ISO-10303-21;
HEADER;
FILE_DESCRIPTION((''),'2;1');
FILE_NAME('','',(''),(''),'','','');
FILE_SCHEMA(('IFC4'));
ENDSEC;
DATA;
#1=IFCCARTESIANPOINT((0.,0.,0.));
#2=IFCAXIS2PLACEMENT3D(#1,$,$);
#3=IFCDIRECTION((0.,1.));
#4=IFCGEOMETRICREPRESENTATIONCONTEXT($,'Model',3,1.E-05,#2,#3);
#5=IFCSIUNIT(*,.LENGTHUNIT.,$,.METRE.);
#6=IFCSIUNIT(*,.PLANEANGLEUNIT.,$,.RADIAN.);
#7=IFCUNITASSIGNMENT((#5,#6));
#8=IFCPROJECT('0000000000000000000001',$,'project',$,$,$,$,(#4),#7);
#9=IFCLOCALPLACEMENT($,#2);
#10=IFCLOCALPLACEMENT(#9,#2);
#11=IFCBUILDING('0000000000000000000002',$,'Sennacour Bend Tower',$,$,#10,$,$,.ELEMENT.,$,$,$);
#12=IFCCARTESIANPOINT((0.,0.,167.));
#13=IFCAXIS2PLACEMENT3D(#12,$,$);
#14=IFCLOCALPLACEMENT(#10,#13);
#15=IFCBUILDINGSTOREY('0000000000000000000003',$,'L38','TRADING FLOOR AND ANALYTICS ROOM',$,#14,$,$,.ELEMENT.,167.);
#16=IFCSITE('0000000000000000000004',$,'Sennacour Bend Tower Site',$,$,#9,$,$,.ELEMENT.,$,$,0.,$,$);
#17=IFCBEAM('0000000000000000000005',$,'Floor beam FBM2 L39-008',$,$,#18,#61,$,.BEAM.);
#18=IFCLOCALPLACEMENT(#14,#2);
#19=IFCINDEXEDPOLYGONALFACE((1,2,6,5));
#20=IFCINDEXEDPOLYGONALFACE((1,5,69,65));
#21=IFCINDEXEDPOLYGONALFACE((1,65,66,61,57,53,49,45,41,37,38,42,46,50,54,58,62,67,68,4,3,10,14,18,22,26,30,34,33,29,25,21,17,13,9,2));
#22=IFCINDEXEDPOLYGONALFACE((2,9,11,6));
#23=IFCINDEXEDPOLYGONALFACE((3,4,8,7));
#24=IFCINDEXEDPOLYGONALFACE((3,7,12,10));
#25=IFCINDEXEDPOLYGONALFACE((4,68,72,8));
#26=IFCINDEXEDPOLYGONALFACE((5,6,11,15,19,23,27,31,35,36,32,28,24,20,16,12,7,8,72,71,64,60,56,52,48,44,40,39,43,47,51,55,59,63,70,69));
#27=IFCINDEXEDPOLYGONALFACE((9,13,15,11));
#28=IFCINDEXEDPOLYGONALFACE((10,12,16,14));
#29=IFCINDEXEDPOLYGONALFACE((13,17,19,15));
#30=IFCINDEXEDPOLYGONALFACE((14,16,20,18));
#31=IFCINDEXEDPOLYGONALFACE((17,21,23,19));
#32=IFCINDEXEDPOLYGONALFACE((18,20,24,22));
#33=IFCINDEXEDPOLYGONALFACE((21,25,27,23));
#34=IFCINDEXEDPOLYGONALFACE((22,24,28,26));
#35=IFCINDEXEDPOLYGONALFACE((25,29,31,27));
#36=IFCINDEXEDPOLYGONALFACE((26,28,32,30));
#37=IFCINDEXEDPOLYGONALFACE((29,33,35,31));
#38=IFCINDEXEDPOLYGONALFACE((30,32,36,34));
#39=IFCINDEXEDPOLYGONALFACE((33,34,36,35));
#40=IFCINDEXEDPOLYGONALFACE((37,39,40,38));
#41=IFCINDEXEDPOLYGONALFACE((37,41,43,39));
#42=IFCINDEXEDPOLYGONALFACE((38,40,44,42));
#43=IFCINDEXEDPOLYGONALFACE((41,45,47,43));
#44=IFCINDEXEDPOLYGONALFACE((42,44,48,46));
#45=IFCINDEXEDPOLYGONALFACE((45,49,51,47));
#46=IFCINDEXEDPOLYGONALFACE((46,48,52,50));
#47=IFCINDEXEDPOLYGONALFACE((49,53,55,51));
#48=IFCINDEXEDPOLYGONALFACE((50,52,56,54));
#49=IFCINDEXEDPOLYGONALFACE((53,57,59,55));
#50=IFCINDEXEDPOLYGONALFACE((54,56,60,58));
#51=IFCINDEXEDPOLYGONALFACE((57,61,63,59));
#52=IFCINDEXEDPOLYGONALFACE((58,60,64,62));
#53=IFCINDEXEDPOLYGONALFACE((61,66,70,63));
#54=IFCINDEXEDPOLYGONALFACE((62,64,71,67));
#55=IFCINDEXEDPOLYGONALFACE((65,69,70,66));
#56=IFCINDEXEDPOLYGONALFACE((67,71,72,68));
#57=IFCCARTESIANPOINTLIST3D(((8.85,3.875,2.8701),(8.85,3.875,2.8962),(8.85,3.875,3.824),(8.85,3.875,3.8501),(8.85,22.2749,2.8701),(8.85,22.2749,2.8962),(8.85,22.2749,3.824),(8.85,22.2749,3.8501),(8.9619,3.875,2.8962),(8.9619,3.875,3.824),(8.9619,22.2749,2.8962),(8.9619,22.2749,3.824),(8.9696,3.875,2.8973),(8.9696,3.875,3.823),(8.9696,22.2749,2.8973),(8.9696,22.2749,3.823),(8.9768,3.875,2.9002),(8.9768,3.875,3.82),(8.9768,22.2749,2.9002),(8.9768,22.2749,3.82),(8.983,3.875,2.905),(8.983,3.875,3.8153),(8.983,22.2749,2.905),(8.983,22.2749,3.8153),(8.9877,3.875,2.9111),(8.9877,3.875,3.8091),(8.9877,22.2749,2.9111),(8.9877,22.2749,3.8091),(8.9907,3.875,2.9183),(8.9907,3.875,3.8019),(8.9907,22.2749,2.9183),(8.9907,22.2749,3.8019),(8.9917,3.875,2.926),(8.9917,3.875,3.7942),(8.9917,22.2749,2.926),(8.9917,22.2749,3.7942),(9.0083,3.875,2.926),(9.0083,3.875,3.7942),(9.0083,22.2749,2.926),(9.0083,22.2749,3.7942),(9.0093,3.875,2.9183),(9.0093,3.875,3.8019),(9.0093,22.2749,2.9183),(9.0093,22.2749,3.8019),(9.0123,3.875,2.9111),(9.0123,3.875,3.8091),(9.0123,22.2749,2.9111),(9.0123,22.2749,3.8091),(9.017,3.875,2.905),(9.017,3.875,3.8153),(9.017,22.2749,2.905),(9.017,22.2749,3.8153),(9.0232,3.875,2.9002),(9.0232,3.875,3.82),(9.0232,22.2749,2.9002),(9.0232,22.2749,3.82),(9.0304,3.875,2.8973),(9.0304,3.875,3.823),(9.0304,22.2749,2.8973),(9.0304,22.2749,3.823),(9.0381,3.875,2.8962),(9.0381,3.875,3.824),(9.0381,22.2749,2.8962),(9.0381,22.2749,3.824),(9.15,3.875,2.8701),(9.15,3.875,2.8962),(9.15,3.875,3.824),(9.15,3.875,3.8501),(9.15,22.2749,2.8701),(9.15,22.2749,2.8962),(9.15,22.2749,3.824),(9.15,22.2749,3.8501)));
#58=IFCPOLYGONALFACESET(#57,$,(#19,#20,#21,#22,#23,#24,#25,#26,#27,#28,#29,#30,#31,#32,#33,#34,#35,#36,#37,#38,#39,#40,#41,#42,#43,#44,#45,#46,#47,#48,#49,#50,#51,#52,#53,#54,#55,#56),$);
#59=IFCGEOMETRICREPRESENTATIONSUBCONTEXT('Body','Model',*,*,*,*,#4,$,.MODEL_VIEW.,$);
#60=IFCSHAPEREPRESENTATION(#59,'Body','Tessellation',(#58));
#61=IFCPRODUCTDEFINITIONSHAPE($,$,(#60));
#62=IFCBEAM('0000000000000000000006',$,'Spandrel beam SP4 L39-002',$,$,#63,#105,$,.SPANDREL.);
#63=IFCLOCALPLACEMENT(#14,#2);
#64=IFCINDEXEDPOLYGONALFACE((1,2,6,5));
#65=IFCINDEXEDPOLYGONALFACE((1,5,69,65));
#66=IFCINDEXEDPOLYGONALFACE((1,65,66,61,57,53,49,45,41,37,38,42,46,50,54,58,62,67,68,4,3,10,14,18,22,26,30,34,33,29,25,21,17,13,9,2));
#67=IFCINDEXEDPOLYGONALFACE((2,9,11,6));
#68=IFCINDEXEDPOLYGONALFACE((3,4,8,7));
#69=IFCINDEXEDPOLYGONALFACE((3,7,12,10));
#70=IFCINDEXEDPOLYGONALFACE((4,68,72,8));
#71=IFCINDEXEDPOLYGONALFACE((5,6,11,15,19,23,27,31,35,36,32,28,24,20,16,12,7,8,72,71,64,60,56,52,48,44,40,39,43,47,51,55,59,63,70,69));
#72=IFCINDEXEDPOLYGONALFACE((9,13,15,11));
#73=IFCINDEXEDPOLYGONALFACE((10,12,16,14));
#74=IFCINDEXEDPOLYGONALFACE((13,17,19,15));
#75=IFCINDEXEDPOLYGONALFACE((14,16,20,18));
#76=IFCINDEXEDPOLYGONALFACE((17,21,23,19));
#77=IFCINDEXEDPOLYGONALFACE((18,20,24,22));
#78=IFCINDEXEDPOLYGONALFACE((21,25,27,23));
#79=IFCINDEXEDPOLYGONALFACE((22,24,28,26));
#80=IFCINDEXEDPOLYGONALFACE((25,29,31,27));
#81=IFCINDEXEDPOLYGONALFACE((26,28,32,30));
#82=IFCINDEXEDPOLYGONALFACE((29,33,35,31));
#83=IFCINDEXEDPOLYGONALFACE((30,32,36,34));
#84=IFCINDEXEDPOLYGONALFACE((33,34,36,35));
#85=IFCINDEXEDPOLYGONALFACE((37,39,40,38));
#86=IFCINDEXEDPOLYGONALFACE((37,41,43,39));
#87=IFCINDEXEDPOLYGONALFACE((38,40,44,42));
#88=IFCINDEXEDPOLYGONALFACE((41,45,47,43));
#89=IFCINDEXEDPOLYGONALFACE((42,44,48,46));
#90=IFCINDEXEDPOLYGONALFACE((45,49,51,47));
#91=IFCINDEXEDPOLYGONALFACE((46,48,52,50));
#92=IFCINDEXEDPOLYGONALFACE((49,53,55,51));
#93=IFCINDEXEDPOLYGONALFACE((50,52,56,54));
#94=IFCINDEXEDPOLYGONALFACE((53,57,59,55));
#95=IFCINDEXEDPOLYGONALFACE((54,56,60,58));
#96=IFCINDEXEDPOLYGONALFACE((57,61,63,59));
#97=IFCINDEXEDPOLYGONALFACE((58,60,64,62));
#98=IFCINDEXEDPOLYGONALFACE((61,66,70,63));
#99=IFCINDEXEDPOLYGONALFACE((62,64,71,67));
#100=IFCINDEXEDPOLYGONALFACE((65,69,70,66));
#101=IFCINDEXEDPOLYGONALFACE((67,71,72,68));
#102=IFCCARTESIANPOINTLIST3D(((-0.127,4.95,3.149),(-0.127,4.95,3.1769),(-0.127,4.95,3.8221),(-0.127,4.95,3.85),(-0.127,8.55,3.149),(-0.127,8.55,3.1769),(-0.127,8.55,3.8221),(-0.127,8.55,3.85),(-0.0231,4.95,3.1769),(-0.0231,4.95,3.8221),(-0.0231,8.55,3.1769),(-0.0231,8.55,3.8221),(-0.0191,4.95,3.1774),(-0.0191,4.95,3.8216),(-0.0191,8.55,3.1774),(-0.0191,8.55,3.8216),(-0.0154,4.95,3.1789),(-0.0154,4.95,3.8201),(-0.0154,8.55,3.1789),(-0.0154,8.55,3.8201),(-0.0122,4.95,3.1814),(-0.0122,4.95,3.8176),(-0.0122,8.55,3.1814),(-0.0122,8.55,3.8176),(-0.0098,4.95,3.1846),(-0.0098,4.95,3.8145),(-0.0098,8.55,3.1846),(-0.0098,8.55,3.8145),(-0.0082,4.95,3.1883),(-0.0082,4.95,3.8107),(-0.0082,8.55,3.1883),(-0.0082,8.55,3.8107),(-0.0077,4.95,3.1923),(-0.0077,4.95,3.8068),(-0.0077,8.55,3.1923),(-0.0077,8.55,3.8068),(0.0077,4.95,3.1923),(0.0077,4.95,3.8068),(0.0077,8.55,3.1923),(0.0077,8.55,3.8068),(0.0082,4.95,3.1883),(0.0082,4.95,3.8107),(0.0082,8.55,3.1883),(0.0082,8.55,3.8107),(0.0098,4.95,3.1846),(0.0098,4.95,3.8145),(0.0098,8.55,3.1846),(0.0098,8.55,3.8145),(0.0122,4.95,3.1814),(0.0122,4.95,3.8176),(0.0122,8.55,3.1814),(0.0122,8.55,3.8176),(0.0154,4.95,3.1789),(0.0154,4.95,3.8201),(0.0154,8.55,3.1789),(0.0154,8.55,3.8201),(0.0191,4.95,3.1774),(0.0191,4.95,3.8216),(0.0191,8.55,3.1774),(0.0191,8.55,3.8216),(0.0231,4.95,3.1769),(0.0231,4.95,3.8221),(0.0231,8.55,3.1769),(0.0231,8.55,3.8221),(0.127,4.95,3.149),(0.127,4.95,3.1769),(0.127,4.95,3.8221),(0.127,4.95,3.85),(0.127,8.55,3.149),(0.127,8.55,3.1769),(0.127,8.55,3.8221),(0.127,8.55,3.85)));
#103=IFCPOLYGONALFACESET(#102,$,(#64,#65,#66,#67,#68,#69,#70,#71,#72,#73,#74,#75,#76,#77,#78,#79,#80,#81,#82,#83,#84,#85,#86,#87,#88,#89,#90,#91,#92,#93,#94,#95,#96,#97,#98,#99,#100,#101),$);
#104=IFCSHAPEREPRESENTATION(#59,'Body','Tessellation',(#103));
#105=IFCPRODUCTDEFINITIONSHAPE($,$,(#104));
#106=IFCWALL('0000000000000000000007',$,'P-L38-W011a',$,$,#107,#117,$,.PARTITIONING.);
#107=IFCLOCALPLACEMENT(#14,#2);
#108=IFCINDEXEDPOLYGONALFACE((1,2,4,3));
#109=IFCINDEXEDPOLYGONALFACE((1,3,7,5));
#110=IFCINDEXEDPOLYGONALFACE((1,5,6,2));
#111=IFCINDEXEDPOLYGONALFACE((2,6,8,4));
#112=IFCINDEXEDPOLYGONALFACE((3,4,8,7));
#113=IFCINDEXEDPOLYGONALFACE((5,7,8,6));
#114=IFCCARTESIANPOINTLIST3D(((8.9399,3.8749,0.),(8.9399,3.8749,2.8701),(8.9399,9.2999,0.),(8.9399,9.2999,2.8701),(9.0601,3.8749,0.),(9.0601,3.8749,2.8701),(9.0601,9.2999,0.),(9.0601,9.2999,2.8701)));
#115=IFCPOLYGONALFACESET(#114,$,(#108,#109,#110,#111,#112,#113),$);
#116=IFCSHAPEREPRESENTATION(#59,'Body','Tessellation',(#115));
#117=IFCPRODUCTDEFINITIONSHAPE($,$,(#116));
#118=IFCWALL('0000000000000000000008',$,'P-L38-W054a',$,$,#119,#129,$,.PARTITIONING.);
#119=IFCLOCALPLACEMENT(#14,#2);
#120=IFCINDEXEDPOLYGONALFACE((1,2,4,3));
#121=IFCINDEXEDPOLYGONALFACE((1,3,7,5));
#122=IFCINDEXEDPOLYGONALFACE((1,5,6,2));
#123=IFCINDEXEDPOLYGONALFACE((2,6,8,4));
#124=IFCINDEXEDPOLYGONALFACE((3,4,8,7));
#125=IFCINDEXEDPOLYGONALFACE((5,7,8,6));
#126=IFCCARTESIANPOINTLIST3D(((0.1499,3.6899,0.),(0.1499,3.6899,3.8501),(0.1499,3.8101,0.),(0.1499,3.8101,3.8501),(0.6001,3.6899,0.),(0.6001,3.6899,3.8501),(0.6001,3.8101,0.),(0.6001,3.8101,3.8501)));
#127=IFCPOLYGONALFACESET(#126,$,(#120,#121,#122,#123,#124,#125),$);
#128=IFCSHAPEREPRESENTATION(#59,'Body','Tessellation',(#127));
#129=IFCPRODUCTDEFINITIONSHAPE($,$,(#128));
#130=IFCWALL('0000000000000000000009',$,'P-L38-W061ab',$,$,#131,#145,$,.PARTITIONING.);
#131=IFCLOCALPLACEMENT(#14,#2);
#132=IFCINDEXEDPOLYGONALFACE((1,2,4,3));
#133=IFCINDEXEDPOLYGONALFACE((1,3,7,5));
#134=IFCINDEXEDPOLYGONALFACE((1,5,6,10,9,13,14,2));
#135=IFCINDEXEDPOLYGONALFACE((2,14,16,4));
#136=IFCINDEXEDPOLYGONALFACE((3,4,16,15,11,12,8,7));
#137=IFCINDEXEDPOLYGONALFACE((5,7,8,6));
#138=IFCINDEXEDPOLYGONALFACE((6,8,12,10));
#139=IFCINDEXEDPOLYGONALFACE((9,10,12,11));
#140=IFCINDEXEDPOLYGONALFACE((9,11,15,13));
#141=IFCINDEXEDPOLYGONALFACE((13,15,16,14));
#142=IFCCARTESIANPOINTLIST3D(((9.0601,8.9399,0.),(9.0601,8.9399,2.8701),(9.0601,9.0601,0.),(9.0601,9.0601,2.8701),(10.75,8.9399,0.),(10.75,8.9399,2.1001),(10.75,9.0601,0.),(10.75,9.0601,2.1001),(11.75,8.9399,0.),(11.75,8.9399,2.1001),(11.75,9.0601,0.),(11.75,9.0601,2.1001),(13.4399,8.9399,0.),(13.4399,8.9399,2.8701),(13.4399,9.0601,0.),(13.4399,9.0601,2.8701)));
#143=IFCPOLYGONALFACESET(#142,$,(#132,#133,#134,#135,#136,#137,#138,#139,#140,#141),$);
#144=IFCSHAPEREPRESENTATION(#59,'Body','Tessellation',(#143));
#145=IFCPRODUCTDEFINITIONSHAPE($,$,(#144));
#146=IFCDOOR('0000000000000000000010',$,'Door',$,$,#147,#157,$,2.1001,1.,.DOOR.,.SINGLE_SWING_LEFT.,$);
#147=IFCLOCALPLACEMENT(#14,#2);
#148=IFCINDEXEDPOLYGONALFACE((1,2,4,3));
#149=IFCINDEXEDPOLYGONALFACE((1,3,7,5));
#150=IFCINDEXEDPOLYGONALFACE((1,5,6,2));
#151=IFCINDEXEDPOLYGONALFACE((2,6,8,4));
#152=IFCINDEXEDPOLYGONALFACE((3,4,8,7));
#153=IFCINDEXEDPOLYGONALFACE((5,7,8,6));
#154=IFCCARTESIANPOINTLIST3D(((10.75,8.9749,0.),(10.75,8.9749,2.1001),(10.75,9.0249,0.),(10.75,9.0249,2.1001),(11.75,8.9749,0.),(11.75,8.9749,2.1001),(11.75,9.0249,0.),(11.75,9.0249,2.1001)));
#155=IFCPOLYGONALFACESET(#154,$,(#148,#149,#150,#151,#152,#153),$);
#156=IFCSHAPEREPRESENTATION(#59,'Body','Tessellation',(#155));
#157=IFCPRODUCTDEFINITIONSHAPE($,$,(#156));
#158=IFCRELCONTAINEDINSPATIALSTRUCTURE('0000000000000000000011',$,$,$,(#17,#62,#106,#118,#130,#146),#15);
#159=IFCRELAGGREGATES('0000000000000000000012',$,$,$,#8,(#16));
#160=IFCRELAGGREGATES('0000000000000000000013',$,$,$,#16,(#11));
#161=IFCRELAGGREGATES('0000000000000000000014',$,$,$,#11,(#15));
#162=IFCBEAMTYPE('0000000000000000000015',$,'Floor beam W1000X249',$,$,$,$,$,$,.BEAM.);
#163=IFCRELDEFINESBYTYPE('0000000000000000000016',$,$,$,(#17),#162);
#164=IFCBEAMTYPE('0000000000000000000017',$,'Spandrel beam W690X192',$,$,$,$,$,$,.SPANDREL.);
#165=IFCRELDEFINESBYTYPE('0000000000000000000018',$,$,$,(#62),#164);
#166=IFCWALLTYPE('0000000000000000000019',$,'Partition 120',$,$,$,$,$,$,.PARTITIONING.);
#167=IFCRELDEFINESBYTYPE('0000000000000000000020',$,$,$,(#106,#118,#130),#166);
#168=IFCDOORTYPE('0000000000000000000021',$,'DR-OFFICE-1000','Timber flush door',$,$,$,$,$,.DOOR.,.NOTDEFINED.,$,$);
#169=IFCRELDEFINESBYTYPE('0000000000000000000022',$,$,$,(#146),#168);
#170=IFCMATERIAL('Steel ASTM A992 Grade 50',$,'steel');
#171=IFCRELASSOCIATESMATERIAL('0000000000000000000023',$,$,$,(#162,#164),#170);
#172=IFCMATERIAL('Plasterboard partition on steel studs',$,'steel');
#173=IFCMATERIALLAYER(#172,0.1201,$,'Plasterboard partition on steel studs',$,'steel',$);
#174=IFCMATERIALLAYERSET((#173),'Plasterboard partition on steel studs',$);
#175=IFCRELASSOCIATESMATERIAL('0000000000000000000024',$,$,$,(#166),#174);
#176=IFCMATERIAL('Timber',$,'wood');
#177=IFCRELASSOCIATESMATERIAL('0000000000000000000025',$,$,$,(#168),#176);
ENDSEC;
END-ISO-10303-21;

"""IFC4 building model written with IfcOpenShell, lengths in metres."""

from ifc_helpers import new_model, si_unit, direction, frame, frame_2d, origin, origin_2d, place, context, subcontext, project, spatial, rectangle, i_section, extrude, material, layer, layer_set, material_profile, profile_set, type_object, element, fill, save


model = new_model("IFC4")

# Units and contexts
model_context = context("Model", 3, precision=1e-05, world=origin(), true_north=direction((0.0, 1.0)))
body_context = subcontext(model_context, "Body", "Model", "MODEL_VIEW")
ifc_project = project(units=[si_unit("LENGTHUNIT", "METRE"), si_unit("PLANEANGLEUNIT", "RADIAN")], contexts=[model_context])

# Site, building, storey
site_placement = place(None, origin())
site = spatial("IfcSite", under=ifc_project, at=site_placement, Name="Sennacour Bend Tower Site", CompositionType="ELEMENT", RefElevation=0.0)
building_placement = place(site_placement, origin())
building = spatial("IfcBuilding", under=site, at=building_placement, Name="Sennacour Bend Tower", CompositionType="ELEMENT")
storey_placement = place(building_placement, frame((0.0, 0.0, 167.0)))
storey = spatial("IfcBuildingStorey", under=building, at=storey_placement, Name="L38", Description="TRADING FLOOR AND ANALYTICS ROOM", CompositionType="ELEMENT", Elevation=167.0)

# Beams
ifc_material_1 = material(Name="Steel ASTM A992 Grade 50", Category="steel")
ifc_material_profile_1 = material_profile(ifc_material_1, i_section(OverallWidth=0.3, OverallDepth=0.98, WebThickness=0.0166, FlangeThickness=0.0261, FilletRadius=0.0298, at=origin_2d()), Name="Steel ASTM A992 Grade 50", Category="steel")
ifc_profile_set_1 = profile_set([ifc_material_profile_1], Name="Steel ASTM A992 Grade 50")
beam_type_1 = type_object("IfcBeamType", Name="Floor beam W1000X249", PredefinedType="BEAM", material=ifc_profile_set_1)
for number, where, z_axis, x_axis, name in (
    (1, (9.0, 3.875, 3.3601), (0.0, 1.0, 0.0), (-1.0, 0.0, 0.0), "Floor beam FBM2 L39-008"),
):
    element("IfcBeam", number, at=place(storey_placement, frame(where, z_axis=z_axis, x_axis=x_axis)), inside=storey, type_object=beam_type_1, Name=name, PredefinedType="BEAM", context=body_context, shape_type="SweptSolid", body=[
        extrude(i_section(OverallWidth=0.3, OverallDepth=0.98, WebThickness=0.0166, FlangeThickness=0.0261, FilletRadius=0.0298, at=origin_2d()), origin(), (0.0, 0.0, 1.0), 18.3999),
    ])
ifc_material_profile_2 = material_profile(ifc_material_1, i_section(OverallWidth=0.2539, OverallDepth=0.7009, WebThickness=0.0154, FlangeThickness=0.0278, FilletRadius=0.0154, at=origin_2d()), Name="Steel ASTM A992 Grade 50", Category="steel")
ifc_profile_set_2 = profile_set([ifc_material_profile_2], Name="Steel ASTM A992 Grade 50")
beam_type_2 = type_object("IfcBeamType", Name="Spandrel beam W690X192", PredefinedType="SPANDREL", material=ifc_profile_set_2)
beam_placement = place(storey_placement, frame((0.0, 4.95, 3.4995), z_axis=(0.0, 1.0, 0.0), x_axis=(-1.0, 0.0, 0.0)))
element("IfcBeam", 2, at=beam_placement, inside=storey, type_object=beam_type_2, Name="Spandrel beam SP4 L39-002", PredefinedType="SPANDREL", context=body_context, shape_type="SweptSolid", body=[
    extrude(i_section(OverallWidth=0.2539, OverallDepth=0.7009, WebThickness=0.0154, FlangeThickness=0.0278, FilletRadius=0.0154, at=origin_2d()), origin(), (0.0, 0.0, 1.0), 3.6001),
])

# Walls
ifc_material_2 = material(Name="Plasterboard partition on steel studs", Category="steel")
ifc_layer_1 = layer(ifc_material_2, 0.1201, Name="Plasterboard partition on steel studs", Category="steel")
ifc_layer_set_1 = layer_set([ifc_layer_1], Name="Plasterboard partition on steel studs")
wall_type_1 = type_object("IfcWallType", Name="Partition 120", PredefinedType="PARTITIONING", material=ifc_layer_set_1)
wall_1_placement = place(storey_placement, frame((9.0, 3.875, 0.0), z_axis=(0.0, 0.0, 1.0), x_axis=(0.0, 1.0, 0.0)))
element("IfcWall", 3, at=wall_1_placement, inside=storey, type_object=wall_type_1, Name="P-L38-W011a", PredefinedType="PARTITIONING", context=body_context, shape_type="SweptSolid", body=[
    extrude(rectangle(XDim=5.425, YDim=0.1201, at=frame_2d((2.7124, 0.0))), origin(), (0.0, 0.0, 1.0), 2.8701),
])
wall_2_placement = place(storey_placement, frame((0.1499, 3.75, 0.0), z_axis=(0.0, 0.0, 1.0), x_axis=(1.0, 0.0, 0.0)))
element("IfcWall", 4, at=wall_2_placement, inside=storey, type_object=wall_type_1, Name="P-L38-W054a", PredefinedType="PARTITIONING", context=body_context, shape_type="SweptSolid", body=[
    extrude(rectangle(XDim=0.4502, YDim=0.1201, at=frame_2d((0.2251, 0.0))), origin(), (0.0, 0.0, 1.0), 3.8501),
])

# Wall, opening, door
wall_3_placement = place(storey_placement, frame((9.0601, 9.0, 0.0), z_axis=(0.0, 0.0, 1.0), x_axis=(1.0, 0.0, 0.0)))
wall_3 = element("IfcWall", 5, at=wall_3_placement, inside=storey, type_object=wall_type_1, Name="P-L38-W061ab", PredefinedType="PARTITIONING", context=body_context, shape_type="SweptSolid", body=[
    extrude(rectangle(XDim=4.3799, YDim=0.1201, at=frame_2d((2.1899, 0.0))), origin(), (0.0, 0.0, 1.0), 2.8701),
])
opening_1_placement = place(wall_3_placement, frame((1.6899, 0.0, 0.0)))
opening_1 = element("IfcOpeningElement", 6, at=opening_1_placement, cuts=wall_3, PredefinedType="OPENING", context=body_context, shape_type="SweptSolid", body=[
    extrude(rectangle(XDim=1.0, YDim=2.1001, at=frame_2d((0.5, 1.05))), frame((0.0, 0.0701, 0.0), z_axis=(0.0, -1.0, 0.0), x_axis=(1.0, 0.0, 0.0)), (0.0, 0.0, 1.0), 0.1401),
])
ifc_material_3 = material(Name="Timber", Category="wood")
door_type_1 = type_object("IfcDoorType", Name="DR-OFFICE-1000", Description="Timber flush door", OperationType="NOTDEFINED", PredefinedType="DOOR", material=ifc_material_3)
door_1_placement = place(opening_1_placement, origin())
door_1 = element("IfcDoor", 7, at=door_1_placement, inside=storey, type_object=door_type_1, Name="Door", OperationType="SINGLE_SWING_LEFT", OverallHeight=2.1001, OverallWidth=1.0, PredefinedType="DOOR", context=body_context, shape_type="SweptSolid", body=[
    extrude(rectangle(XDim=1.0, YDim=2.1001, at=frame_2d((0.5, 1.05))), frame((0.0, 0.0249, 0.0), z_axis=(0.0, -1.0, 0.0), x_axis=(1.0, 0.0, 0.0)), (0.0, 0.0, 1.0), 0.05),
])
fill(opening_1, door_1)

save(model, "model.ifc")
